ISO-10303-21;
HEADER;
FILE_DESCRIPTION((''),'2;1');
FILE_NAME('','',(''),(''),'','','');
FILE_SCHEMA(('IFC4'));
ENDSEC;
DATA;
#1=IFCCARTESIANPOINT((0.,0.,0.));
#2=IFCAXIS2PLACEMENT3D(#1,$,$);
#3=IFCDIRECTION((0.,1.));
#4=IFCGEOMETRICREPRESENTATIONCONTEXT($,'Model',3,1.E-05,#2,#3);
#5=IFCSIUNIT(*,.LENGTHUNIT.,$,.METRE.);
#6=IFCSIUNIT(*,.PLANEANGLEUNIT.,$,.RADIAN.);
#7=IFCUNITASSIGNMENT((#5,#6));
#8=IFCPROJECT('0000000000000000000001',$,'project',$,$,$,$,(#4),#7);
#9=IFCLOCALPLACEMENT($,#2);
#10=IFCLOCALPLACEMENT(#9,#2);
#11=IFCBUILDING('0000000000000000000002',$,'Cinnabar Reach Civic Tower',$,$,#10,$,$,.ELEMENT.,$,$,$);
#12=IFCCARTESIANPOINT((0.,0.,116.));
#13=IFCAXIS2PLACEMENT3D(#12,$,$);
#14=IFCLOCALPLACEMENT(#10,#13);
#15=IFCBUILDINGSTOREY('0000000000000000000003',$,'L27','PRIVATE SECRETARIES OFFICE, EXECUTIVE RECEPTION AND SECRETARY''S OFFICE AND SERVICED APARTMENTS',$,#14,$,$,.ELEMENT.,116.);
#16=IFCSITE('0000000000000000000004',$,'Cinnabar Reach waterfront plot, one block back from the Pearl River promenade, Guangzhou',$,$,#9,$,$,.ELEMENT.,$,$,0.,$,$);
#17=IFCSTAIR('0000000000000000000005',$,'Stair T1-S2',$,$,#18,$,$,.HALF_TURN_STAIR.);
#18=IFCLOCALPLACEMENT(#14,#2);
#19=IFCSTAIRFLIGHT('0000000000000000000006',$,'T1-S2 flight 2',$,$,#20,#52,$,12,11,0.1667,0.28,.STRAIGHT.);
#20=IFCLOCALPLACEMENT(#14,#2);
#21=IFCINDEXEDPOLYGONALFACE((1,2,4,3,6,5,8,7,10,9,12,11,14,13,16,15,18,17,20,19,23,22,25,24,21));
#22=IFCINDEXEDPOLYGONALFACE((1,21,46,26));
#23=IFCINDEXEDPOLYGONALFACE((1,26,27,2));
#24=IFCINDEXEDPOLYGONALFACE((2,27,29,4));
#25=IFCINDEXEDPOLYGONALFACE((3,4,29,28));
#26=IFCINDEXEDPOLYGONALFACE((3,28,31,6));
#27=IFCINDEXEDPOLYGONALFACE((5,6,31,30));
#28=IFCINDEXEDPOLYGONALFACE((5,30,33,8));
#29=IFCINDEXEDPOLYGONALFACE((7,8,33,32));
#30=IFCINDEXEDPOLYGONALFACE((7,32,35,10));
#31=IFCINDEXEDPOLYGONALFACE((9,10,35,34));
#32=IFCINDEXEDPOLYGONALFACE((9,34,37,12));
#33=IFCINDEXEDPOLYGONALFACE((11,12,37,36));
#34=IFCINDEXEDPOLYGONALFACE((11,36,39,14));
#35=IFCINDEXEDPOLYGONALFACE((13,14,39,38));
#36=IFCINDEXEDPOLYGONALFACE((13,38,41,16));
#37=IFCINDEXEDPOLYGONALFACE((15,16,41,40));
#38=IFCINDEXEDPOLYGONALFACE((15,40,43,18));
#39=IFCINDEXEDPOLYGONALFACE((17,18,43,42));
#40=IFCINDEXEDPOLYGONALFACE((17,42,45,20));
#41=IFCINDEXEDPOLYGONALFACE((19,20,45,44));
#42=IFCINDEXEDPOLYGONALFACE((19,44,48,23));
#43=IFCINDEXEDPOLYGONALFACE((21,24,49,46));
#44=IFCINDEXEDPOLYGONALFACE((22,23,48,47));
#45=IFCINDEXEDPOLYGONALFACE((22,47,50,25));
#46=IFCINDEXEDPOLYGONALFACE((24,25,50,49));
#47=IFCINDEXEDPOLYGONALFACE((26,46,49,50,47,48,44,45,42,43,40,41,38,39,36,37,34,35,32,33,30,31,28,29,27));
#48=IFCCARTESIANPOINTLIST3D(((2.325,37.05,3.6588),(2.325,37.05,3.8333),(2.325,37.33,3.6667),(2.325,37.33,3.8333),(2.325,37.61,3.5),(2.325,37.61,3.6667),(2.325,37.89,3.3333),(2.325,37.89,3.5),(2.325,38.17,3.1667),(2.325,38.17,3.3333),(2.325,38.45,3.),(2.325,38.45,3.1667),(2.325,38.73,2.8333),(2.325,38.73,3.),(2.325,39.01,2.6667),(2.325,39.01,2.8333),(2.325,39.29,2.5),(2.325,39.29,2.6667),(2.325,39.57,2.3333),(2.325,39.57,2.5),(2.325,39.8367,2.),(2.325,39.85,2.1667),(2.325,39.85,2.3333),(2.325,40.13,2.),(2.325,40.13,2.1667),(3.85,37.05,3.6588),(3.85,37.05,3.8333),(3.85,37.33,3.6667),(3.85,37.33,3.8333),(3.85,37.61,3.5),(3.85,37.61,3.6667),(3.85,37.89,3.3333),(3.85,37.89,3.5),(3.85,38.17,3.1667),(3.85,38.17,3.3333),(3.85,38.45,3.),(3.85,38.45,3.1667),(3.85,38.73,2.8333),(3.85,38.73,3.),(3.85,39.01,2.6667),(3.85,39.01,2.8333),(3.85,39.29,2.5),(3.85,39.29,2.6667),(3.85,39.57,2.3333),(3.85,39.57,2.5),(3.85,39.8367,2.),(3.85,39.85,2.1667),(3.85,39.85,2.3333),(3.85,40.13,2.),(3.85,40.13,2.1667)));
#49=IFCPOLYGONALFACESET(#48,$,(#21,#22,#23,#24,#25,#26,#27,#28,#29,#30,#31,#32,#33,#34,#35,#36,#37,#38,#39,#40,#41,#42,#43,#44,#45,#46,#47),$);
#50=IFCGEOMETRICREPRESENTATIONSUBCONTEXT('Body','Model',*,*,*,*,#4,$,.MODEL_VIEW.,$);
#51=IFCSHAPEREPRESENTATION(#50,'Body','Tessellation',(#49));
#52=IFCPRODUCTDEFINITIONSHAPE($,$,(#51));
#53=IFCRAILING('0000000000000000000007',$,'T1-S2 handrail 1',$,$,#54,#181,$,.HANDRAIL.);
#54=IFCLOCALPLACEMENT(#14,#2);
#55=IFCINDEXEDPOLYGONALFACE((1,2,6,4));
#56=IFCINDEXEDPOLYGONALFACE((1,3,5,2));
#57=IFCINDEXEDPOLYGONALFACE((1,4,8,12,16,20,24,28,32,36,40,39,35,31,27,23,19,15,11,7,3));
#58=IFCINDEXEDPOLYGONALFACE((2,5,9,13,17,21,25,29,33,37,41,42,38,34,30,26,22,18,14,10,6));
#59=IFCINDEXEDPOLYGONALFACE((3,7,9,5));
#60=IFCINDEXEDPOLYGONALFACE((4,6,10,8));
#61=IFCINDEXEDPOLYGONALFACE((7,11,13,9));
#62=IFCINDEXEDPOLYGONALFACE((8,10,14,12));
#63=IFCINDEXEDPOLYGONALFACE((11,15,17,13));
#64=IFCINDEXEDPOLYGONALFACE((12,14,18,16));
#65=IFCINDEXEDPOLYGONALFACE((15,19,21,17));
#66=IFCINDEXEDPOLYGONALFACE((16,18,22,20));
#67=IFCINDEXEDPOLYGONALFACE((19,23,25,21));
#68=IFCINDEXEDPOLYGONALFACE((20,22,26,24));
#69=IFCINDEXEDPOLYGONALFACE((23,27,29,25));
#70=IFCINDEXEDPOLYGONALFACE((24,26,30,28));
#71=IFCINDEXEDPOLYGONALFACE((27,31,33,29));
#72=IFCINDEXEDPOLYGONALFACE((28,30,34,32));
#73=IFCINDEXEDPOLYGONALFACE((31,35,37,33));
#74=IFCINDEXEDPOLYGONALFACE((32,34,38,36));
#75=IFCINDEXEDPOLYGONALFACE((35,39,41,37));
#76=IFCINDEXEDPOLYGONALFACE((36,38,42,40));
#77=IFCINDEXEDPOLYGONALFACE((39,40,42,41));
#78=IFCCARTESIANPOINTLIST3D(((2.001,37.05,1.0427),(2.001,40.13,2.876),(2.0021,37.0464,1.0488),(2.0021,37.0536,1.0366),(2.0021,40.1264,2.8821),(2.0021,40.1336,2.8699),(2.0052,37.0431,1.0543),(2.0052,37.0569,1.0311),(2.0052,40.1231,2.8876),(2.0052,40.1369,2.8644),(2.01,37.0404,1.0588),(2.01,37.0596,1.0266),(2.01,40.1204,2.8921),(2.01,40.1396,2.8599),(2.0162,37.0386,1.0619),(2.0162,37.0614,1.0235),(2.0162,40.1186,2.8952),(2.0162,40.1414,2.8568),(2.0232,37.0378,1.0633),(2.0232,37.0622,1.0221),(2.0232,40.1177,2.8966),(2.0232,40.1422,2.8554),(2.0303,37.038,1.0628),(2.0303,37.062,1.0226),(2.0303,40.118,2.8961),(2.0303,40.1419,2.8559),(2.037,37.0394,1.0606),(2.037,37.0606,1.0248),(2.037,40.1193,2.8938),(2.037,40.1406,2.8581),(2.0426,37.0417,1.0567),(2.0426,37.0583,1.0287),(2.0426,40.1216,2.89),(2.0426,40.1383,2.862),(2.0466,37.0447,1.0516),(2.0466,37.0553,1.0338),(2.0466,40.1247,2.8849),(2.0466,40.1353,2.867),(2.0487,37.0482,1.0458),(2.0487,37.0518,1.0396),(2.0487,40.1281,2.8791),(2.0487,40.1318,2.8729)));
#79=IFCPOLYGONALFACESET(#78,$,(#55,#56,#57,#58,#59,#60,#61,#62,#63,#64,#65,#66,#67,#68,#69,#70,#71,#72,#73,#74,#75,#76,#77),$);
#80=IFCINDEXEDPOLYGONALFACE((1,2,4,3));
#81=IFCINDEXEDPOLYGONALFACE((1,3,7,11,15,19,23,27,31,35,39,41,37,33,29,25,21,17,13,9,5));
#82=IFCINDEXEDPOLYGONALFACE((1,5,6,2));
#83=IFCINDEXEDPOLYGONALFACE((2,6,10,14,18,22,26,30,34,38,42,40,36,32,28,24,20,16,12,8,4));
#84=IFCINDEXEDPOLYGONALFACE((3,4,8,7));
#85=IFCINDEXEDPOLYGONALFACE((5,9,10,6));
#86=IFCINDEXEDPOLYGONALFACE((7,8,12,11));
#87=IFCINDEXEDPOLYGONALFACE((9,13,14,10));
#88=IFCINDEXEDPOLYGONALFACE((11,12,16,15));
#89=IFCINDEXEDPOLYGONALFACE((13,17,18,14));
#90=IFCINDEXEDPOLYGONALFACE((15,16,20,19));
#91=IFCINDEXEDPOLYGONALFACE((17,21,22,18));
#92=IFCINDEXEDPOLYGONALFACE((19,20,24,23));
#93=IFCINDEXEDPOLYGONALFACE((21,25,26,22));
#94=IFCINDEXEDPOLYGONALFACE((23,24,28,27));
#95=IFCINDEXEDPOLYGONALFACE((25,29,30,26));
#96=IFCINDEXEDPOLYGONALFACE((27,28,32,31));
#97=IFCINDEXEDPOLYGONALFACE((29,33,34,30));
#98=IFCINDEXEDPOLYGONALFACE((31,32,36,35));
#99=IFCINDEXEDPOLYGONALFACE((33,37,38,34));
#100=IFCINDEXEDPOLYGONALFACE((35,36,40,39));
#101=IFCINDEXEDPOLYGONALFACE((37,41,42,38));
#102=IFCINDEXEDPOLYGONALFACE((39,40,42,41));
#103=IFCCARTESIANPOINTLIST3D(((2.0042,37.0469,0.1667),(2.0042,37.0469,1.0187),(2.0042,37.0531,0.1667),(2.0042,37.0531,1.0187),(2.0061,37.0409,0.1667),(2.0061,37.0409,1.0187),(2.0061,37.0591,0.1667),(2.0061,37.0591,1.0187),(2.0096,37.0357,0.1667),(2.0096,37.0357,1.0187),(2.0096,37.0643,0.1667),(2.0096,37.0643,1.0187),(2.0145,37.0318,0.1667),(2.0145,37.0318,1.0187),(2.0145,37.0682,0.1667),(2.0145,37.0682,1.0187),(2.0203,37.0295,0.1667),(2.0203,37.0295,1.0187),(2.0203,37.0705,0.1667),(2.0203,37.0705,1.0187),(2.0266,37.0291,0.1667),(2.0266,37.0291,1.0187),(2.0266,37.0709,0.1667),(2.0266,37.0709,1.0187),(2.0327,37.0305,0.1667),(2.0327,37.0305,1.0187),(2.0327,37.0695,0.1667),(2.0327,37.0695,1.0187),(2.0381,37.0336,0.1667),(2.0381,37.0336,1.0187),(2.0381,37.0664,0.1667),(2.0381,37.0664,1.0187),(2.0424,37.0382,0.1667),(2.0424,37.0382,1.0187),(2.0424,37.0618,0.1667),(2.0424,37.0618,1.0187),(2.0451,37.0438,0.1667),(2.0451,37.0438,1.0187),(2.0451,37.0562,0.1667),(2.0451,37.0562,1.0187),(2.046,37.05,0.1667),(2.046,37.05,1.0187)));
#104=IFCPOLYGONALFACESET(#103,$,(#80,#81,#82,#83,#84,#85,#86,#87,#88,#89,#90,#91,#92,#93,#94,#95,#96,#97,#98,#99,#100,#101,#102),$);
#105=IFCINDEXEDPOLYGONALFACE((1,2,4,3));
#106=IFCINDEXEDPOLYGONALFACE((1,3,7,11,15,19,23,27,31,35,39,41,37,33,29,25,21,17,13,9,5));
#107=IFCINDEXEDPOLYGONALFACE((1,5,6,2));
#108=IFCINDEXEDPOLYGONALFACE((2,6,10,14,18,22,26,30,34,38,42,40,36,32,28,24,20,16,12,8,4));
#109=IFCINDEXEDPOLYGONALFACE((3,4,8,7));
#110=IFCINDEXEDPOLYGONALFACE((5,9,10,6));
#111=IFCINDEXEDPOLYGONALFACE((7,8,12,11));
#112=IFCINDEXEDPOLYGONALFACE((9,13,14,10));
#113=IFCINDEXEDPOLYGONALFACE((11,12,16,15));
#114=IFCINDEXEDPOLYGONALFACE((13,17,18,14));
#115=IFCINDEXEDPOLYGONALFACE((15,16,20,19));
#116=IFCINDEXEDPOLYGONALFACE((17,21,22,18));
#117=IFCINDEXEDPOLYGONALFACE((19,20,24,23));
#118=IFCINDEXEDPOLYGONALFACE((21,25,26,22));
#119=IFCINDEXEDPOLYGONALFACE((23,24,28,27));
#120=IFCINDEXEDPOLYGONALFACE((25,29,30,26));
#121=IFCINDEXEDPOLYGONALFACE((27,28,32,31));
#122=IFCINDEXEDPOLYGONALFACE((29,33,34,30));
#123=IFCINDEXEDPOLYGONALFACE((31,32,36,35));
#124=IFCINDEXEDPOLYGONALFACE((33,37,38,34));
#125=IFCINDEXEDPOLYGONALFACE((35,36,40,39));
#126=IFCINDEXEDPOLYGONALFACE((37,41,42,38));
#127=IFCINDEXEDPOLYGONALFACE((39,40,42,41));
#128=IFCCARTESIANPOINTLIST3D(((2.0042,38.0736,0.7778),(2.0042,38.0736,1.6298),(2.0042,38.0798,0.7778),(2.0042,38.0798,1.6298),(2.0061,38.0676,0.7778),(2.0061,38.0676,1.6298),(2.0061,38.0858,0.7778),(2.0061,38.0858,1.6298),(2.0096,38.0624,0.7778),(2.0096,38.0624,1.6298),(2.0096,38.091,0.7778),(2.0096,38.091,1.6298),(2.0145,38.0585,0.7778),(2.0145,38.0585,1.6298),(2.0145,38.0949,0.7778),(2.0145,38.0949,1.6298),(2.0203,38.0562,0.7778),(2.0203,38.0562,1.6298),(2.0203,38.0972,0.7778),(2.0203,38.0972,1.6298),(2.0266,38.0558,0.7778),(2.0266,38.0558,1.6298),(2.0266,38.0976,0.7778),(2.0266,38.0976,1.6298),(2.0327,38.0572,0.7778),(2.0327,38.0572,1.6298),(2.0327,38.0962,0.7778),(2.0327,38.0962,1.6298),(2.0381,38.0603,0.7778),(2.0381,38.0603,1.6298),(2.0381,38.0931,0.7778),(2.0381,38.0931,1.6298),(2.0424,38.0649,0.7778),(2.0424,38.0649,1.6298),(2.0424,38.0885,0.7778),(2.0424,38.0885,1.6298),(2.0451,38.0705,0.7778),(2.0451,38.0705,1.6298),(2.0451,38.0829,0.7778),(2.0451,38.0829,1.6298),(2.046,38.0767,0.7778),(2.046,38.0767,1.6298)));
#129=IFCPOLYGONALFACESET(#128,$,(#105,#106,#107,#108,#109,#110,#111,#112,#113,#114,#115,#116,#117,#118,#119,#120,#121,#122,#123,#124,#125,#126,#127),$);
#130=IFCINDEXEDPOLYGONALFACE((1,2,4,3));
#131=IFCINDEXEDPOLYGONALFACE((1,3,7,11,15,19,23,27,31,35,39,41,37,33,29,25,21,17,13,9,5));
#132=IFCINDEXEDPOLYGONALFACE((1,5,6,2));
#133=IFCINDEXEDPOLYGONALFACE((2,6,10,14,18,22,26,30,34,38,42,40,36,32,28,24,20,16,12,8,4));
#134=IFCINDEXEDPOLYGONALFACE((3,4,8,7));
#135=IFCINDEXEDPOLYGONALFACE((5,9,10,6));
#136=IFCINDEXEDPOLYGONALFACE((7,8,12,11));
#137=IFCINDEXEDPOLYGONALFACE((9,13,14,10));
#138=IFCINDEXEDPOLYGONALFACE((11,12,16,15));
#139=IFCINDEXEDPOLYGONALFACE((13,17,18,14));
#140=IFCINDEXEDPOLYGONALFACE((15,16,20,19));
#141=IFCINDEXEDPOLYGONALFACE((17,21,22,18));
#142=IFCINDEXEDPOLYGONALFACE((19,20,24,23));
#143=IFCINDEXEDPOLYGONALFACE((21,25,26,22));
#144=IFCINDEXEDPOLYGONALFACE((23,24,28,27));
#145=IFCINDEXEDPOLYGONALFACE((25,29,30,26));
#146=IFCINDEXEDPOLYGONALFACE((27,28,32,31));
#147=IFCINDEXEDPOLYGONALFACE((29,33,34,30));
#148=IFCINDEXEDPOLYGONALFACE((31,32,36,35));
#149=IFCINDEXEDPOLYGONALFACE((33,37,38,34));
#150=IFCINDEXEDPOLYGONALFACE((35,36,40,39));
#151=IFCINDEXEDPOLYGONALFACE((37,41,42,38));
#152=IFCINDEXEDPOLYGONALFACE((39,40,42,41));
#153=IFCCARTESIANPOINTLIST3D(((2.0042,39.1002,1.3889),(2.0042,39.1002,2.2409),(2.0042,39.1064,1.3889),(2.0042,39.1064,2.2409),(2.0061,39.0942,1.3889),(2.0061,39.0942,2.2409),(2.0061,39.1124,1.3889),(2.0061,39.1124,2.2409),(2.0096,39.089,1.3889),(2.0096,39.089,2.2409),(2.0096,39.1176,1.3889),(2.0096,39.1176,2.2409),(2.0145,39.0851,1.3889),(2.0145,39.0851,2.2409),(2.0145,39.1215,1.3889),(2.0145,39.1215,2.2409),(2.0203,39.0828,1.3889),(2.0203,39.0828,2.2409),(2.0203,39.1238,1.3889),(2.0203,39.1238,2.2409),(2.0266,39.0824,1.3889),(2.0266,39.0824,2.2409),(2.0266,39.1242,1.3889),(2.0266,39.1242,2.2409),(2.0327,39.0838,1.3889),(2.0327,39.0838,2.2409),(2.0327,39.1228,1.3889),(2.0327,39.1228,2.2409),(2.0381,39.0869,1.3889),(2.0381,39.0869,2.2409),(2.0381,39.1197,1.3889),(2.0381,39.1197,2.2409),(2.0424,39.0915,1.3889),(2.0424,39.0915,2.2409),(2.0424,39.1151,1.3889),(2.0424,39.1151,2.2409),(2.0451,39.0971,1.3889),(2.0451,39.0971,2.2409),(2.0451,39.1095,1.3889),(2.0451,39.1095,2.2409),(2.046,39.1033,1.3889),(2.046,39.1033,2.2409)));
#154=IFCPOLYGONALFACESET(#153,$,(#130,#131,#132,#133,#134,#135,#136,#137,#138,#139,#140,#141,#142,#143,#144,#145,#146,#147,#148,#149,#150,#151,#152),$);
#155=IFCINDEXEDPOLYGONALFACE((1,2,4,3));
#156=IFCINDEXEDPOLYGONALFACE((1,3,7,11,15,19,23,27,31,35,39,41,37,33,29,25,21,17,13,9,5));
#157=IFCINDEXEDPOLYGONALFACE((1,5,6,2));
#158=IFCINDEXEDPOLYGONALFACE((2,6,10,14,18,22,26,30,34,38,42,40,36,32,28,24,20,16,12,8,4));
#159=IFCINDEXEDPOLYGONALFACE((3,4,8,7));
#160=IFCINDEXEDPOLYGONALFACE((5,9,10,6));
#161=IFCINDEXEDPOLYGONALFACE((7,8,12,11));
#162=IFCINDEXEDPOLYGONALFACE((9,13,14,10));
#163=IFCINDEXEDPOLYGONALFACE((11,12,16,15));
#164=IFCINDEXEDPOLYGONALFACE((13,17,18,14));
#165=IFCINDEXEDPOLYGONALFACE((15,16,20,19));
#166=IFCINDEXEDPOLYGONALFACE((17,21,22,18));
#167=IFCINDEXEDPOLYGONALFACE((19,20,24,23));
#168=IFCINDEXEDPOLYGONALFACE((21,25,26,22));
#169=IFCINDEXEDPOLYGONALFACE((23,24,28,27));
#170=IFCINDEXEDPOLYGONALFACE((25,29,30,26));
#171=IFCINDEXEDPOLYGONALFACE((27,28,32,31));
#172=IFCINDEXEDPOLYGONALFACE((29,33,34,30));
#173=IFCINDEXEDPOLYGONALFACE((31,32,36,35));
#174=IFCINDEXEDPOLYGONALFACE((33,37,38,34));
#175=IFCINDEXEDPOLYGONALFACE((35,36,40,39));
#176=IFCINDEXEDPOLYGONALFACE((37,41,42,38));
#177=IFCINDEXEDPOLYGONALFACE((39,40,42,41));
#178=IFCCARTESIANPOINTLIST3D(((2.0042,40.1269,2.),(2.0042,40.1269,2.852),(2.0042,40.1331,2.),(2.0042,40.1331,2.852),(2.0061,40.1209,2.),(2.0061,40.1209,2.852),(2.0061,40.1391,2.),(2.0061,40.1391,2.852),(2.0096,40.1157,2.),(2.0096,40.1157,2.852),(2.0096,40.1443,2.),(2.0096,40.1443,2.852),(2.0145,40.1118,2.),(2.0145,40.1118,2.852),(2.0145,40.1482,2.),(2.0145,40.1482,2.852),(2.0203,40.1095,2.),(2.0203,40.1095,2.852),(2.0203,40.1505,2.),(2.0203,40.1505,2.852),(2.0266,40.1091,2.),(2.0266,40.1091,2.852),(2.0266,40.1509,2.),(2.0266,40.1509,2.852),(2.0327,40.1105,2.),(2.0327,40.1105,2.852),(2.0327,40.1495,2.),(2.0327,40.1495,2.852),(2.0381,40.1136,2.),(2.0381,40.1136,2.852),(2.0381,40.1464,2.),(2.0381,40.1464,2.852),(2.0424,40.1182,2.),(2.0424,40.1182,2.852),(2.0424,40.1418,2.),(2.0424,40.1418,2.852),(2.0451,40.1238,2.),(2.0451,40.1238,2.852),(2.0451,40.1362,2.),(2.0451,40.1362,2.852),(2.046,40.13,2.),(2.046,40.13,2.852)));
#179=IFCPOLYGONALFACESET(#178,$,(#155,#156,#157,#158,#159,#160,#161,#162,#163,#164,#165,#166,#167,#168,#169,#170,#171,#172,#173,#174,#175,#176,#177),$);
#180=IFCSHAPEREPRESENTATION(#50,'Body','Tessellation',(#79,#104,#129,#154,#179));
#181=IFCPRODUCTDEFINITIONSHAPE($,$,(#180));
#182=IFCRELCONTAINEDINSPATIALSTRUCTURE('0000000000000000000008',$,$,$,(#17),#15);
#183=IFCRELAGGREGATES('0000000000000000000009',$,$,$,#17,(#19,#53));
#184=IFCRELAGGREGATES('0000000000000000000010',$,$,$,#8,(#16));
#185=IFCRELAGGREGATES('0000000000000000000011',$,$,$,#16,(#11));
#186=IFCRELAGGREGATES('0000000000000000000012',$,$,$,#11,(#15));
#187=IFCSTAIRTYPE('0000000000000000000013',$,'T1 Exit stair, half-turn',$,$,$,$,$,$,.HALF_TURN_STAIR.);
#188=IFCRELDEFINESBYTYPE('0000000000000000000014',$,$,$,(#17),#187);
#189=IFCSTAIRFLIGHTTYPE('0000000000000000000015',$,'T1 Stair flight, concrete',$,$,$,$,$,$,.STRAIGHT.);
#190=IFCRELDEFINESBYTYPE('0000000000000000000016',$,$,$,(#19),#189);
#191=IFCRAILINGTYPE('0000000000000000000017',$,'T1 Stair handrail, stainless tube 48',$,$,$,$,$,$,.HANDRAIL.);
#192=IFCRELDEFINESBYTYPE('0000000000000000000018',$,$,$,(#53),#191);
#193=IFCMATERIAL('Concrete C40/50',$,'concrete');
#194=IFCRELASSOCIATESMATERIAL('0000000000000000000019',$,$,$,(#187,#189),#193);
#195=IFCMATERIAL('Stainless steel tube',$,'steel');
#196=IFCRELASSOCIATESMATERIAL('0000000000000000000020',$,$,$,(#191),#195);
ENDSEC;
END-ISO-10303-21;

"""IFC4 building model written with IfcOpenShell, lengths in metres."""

from ifc_helpers import new_model, si_unit, direction, frame, origin, origin_2d, place, context, subcontext, project, spatial, polyline, circle, outline, extrude, material, type_object, element, aggregate, save


model = new_model("IFC4")

# Units and contexts
model_context = context("Model", 3, precision=1e-05, world=origin(), true_north=direction((0.0, 1.0)))
body_context = subcontext(model_context, "Body", "Model", "MODEL_VIEW")
ifc_project = project(units=[si_unit("LENGTHUNIT", "METRE"), si_unit("PLANEANGLEUNIT", "RADIAN")], contexts=[model_context])

# Site, building, storey
site_placement = place(None, origin())
site = spatial("IfcSite", under=ifc_project, at=site_placement, Name="Cinnabar Reach waterfront plot, one block back from the Pearl River promenade, Guangzhou", CompositionType="ELEMENT", RefElevation=0.0)
building_placement = place(site_placement, origin())
building = spatial("IfcBuilding", under=site, at=building_placement, Name="Cinnabar Reach Civic Tower", CompositionType="ELEMENT")
storey_placement = place(building_placement, frame((0.0, 0.0, 116.0)))
storey = spatial("IfcBuildingStorey", under=building, at=storey_placement, Name="L27", Description="PRIVATE SECRETARIES OFFICE, EXECUTIVE RECEPTION AND SECRETARY'S OFFICE AND SERVICED APARTMENTS", CompositionType="ELEMENT", Elevation=116.0)

# Stair, stair flight, railing
ifc_material_1 = material(Name="Concrete C40/50", Category="concrete")
stair_type = type_object("IfcStairType", Name="T1 Exit stair, half-turn", PredefinedType="HALF_TURN_STAIR", material=ifc_material_1)
stair_placement = place(storey_placement, origin())
stair = element("IfcStair", 1, at=stair_placement, inside=storey, type_object=stair_type, Name="Stair T1-S2", PredefinedType="HALF_TURN_STAIR")
stair_flight_type = type_object("IfcStairFlightType", Name="T1 Stair flight, concrete", PredefinedType="STRAIGHT", material=ifc_material_1)
stair_flight_1_placement = place(storey_placement, frame((3.0875, 40.13, 2.0), z_axis=(0.0, 0.0, 1.0), x_axis=(0.0, -1.0, 0.0)))
stair_flight_1 = element("IfcStairFlight", 2, at=stair_flight_1_placement, type_object=stair_flight_type, Name="T1-S2 flight 2", NumberOfRisers=12, NumberOfTreads=11, PredefinedType="STRAIGHT", RiserHeight=0.1667, TreadLength=0.28, context=body_context, shape_type="SweptSolid", body=[
    extrude(outline(polyline([(0.0, 0.0), (0.0, 0.1667), (0.28, 0.1667), (0.28, 0.3333), (0.56, 0.3333), (0.56, 0.5), (0.84, 0.5), (0.84, 0.6667), (1.12, 0.6667), (1.12, 0.8333), (1.4, 0.8333), (1.4, 1.0), (1.68, 1.0), (1.68, 1.1667), (1.96, 1.1667), (1.96, 1.3333), (2.24, 1.3333), (2.24, 1.5), (2.52, 1.5), (2.52, 1.6667), (2.8, 1.6667), (2.8, 1.8333), (3.08, 1.8333), (3.08, 2.0), (3.08, 1.6588), (0.2933, 0.0), (0.0, 0.0)])), frame((0.0, 0.7625, 0.0), z_axis=(0.0, -1.0, 0.0), x_axis=(1.0, 0.0, 0.0)), (0.0, 0.0, 1.0), 1.525),
])
ifc_material_2 = material(Name="Stainless steel tube", Category="steel")
railing_type = type_object("IfcRailingType", Name="T1 Stair handrail, stainless tube 48", PredefinedType="HANDRAIL", material=ifc_material_2)
railing_1_placement = place(storey_placement, frame((2.025, 37.05, 0.1667)))
railing_1 = element("IfcRailing", 3, at=railing_1_placement, type_object=railing_type, Name="T1-S2 handrail 1", PredefinedType="HANDRAIL", context=body_context, shape_type="SweptSolid", body=[
    extrude(circle(Radius=0.024, at=origin_2d()), frame((0.0, 0.0, 0.876), z_axis=(0.0, 0.859297, 0.511477), x_axis=(-1.0, 0.0, 0.0)), (0.0, 0.0, 1.0), 3.5843),
    extrude(circle(Radius=0.021, at=origin_2d()), origin(), (0.0, 0.0, 1.0), 0.852),
    extrude(circle(Radius=0.021, at=origin_2d()), frame((0.0, 1.0267, 0.6111)), (0.0, 0.0, 1.0), 0.852),
    extrude(circle(Radius=0.021, at=origin_2d()), frame((0.0, 2.0533, 1.2222)), (0.0, 0.0, 1.0), 0.852),
    extrude(circle(Radius=0.021, at=origin_2d()), frame((0.0, 3.08, 1.8333)), (0.0, 0.0, 1.0), 0.852),
])
aggregate(stair, [stair_flight_1, railing_1])

save(model, "model.ifc")
